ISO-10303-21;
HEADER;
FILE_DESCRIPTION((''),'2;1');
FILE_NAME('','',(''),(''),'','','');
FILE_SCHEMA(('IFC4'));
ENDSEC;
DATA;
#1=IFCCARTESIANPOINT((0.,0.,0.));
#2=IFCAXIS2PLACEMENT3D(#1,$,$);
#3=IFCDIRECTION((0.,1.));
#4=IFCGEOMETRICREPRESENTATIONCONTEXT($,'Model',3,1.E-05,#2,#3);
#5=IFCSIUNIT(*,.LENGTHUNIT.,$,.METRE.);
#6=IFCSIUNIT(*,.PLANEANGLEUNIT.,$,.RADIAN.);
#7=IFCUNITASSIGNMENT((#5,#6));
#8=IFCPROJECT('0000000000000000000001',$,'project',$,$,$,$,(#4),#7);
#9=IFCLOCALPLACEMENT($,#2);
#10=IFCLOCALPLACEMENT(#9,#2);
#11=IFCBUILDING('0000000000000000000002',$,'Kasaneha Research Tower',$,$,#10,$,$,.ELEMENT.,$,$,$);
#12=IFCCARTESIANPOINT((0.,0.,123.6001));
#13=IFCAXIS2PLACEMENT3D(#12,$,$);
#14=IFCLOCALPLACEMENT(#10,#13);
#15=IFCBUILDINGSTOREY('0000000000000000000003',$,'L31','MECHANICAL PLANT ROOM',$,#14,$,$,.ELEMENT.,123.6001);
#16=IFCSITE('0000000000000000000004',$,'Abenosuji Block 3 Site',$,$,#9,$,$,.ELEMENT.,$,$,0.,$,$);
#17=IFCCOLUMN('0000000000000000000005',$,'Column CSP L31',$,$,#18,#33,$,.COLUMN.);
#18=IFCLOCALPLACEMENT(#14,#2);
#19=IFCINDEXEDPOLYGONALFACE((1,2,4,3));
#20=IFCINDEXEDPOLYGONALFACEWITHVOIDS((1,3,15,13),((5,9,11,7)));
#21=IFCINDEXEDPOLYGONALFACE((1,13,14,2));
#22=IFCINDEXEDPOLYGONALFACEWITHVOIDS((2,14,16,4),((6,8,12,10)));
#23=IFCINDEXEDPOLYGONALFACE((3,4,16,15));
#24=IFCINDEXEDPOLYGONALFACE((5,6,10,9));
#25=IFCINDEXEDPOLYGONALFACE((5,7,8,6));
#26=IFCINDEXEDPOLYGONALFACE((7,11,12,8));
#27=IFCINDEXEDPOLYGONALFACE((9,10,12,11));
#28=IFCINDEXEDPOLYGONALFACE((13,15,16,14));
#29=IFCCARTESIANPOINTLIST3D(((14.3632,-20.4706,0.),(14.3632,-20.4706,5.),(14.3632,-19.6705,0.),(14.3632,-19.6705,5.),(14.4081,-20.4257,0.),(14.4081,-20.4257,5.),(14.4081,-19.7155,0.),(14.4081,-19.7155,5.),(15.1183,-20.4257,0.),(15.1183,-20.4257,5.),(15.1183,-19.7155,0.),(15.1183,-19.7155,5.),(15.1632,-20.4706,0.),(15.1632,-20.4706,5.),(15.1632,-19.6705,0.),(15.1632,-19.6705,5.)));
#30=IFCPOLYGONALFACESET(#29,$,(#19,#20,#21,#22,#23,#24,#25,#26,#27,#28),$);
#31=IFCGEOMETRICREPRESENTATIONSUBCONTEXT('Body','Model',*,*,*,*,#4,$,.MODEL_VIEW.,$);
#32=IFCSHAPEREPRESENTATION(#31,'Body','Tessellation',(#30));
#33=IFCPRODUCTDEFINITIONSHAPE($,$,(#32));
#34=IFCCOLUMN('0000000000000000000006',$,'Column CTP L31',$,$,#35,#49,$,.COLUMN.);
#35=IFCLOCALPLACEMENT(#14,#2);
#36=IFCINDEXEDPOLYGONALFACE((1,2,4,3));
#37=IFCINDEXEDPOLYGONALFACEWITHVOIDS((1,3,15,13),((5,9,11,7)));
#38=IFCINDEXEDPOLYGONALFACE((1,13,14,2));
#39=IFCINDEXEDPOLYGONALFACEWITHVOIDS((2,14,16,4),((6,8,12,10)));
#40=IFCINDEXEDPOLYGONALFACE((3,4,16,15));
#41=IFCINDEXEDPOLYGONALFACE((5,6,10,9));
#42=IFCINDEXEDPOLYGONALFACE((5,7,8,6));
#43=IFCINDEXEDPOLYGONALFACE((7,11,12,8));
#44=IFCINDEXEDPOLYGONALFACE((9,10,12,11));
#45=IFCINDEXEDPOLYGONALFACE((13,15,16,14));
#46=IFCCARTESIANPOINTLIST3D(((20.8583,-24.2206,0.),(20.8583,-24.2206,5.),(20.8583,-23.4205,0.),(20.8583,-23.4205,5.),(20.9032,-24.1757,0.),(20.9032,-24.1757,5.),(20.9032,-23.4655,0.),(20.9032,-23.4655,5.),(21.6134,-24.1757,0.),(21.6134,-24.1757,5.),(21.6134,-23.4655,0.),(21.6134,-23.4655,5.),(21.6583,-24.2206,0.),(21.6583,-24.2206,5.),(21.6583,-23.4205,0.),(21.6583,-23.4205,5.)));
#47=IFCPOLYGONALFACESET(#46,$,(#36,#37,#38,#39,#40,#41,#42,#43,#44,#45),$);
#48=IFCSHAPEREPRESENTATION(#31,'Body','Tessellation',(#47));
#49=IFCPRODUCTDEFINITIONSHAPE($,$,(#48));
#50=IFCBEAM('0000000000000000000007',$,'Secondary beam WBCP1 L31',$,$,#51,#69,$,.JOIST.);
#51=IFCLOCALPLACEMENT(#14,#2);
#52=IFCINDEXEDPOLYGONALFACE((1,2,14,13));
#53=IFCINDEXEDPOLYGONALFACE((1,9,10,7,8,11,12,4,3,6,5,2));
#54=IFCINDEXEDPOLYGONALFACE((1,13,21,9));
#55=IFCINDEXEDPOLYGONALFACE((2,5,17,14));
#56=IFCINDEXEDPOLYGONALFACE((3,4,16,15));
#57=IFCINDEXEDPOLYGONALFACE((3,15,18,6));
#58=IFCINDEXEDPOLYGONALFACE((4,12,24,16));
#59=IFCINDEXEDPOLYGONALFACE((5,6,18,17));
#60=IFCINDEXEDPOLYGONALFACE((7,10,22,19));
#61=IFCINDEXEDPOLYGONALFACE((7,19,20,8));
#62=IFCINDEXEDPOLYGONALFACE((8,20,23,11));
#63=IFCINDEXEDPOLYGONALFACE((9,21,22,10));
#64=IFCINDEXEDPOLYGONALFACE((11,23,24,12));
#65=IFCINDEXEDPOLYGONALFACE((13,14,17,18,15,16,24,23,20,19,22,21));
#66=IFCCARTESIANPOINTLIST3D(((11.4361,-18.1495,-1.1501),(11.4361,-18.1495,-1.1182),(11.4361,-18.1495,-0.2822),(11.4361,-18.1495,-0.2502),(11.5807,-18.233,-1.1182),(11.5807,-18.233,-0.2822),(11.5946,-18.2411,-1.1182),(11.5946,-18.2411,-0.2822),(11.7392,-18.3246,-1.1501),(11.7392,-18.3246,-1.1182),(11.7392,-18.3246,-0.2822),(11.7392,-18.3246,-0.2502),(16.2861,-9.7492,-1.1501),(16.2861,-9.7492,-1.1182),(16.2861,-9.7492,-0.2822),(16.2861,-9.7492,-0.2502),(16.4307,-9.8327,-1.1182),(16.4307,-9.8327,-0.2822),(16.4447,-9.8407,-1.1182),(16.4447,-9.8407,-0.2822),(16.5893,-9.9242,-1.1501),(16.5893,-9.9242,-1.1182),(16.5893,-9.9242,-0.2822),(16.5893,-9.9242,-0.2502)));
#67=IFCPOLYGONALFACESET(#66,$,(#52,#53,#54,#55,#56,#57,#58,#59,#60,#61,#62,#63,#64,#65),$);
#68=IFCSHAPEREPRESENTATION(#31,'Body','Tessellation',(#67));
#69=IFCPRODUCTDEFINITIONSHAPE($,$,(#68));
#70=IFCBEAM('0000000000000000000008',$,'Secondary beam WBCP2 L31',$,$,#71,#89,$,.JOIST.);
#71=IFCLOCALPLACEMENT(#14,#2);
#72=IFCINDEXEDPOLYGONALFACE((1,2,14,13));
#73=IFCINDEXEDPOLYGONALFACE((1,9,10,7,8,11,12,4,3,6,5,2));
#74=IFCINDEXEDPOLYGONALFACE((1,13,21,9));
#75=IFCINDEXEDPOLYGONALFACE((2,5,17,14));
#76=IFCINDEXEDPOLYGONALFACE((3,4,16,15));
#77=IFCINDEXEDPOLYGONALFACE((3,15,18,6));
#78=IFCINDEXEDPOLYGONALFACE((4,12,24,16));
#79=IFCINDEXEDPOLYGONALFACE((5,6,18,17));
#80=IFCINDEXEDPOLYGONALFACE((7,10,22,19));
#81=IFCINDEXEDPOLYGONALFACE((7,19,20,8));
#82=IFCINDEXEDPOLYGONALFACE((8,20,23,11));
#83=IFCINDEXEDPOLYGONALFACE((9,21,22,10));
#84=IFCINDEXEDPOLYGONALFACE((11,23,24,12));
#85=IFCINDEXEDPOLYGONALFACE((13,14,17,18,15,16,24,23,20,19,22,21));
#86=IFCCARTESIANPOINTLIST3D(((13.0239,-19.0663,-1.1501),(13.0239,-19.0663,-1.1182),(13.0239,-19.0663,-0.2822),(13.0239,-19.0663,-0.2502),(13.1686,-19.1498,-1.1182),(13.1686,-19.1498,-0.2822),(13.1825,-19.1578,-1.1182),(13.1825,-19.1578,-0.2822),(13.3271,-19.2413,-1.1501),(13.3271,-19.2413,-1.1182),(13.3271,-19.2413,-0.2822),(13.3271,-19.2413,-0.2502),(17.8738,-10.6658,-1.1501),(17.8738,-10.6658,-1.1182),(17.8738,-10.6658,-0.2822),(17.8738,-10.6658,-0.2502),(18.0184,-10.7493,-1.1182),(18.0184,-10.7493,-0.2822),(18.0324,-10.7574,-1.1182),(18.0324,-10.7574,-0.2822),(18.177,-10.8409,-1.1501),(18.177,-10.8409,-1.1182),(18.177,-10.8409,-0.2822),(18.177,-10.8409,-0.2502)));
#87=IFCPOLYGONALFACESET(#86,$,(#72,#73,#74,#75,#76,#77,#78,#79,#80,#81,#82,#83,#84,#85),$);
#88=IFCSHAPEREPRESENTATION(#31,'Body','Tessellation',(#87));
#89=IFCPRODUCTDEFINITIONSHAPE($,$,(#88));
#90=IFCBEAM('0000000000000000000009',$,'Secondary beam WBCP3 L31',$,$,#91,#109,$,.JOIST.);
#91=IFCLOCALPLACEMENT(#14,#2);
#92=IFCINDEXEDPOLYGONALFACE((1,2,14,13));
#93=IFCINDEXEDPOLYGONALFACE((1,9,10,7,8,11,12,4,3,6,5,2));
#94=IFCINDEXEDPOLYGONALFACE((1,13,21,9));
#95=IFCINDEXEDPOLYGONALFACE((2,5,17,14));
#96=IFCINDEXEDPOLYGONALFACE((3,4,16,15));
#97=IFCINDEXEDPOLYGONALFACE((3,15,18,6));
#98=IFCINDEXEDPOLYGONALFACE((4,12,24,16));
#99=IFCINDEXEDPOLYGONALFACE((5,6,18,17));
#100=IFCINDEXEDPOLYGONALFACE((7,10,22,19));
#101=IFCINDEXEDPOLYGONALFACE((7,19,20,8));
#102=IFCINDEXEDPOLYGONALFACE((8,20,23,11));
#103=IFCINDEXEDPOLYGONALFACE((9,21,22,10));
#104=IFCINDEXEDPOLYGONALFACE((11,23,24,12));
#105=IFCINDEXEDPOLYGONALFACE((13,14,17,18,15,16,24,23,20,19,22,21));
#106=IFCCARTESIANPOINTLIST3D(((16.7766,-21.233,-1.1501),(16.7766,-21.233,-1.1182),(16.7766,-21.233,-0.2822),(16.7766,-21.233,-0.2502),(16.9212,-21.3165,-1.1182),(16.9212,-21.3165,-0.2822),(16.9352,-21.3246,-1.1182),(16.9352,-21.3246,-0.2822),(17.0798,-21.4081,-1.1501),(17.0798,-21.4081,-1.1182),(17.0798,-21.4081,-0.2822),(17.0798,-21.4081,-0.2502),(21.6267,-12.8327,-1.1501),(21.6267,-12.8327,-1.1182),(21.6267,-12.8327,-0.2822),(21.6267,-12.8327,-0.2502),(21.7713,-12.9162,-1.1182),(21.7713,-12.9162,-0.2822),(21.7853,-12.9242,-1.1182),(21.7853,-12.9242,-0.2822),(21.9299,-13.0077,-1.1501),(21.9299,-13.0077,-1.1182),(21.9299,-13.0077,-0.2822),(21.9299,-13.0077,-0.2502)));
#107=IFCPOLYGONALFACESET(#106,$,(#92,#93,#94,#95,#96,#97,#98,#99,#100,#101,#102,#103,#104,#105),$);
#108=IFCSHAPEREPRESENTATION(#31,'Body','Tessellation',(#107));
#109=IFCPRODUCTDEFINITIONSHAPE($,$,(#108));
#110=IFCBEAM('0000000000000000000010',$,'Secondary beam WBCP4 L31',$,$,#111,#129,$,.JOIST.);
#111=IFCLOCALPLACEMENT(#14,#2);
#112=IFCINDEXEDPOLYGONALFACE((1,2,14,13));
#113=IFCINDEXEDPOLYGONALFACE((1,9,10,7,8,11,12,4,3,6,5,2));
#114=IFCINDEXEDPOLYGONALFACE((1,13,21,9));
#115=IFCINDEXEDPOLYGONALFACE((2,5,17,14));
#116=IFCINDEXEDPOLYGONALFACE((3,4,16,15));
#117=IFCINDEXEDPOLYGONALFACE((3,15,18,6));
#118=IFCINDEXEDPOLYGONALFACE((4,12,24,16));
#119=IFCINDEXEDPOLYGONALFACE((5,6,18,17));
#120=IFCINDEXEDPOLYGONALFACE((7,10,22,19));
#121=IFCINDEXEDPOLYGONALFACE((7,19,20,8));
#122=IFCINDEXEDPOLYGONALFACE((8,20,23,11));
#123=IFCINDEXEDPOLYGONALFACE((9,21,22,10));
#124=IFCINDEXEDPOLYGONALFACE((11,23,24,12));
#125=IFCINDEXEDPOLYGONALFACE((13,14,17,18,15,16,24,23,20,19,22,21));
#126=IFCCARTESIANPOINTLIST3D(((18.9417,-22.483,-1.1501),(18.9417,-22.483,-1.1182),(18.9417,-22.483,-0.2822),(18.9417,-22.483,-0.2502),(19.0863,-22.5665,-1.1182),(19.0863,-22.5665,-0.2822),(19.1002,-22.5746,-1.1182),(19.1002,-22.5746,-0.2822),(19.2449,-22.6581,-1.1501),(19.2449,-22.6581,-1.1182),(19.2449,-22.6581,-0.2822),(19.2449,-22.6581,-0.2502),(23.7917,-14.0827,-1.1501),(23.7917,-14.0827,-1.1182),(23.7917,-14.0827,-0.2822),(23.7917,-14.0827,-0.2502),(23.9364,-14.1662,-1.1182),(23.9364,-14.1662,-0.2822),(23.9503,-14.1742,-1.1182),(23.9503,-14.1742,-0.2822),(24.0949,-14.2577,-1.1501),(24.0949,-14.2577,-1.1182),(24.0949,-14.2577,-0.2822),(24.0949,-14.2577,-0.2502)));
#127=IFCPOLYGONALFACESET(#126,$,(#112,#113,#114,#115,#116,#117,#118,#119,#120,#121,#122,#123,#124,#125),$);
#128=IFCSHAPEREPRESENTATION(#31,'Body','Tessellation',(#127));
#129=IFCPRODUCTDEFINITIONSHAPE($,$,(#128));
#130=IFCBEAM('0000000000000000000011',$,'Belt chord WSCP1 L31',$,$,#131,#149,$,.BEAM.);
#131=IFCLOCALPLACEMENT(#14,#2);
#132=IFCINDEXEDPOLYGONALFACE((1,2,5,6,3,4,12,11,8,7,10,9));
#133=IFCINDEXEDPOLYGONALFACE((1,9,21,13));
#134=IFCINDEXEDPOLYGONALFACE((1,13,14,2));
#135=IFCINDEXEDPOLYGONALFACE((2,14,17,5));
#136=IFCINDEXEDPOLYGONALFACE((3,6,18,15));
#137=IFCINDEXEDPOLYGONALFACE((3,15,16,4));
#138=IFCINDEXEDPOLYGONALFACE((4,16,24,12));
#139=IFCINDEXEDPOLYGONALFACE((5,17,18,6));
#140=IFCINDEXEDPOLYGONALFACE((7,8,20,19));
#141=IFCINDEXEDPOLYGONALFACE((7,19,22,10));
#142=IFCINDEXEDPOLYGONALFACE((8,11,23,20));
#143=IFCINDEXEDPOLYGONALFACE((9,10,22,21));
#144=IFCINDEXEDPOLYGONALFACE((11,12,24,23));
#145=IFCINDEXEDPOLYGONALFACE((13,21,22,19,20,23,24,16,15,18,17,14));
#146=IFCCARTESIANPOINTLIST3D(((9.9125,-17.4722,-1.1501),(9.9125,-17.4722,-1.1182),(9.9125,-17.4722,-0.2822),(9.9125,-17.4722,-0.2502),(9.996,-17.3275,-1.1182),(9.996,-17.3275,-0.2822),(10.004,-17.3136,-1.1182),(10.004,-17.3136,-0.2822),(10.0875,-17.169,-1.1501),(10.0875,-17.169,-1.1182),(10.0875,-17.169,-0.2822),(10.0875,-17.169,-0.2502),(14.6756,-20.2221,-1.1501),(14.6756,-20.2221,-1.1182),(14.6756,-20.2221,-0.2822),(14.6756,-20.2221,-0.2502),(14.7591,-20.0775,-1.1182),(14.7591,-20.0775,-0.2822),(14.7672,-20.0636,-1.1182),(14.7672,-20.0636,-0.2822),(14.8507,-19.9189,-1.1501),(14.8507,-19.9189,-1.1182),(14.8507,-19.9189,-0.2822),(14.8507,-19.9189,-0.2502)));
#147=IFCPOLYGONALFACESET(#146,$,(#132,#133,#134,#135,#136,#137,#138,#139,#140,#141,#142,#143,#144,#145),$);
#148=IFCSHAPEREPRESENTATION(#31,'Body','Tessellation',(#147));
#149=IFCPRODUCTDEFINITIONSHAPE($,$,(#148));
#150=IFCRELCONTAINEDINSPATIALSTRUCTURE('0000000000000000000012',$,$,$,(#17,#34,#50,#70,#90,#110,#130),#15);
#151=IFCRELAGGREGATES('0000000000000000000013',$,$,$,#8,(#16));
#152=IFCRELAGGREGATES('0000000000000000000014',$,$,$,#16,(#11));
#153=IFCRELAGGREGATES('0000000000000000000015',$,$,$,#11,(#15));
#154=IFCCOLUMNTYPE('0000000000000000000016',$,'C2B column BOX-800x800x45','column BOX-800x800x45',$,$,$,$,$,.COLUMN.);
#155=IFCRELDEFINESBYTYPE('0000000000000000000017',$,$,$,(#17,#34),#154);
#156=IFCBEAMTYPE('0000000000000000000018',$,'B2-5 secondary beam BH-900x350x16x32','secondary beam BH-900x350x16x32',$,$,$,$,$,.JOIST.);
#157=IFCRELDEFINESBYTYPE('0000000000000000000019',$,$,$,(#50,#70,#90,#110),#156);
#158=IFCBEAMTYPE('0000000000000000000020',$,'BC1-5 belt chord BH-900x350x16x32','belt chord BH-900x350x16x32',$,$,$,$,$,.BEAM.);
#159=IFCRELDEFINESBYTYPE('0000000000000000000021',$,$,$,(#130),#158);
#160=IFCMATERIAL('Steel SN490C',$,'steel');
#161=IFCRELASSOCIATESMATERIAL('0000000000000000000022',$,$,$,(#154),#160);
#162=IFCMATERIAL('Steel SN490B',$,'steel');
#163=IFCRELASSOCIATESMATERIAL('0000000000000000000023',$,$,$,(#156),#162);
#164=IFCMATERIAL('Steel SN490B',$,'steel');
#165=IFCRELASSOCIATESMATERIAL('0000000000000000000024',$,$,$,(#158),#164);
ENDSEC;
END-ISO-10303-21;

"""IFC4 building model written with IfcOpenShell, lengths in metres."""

from ifc_helpers import new_model, si_unit, direction, frame, origin, origin_2d, place, context, subcontext, project, spatial, hollow_rectangle, i_section, extrude, material, material_profile, profile_set, type_object, element, save


model = new_model("IFC4")

# Units and contexts
model_context = context("Model", 3, precision=1e-05, world=origin(), true_north=direction((0.0, 1.0)))
body_context = subcontext(model_context, "Body", "Model", "MODEL_VIEW")
ifc_project = project(units=[si_unit("LENGTHUNIT", "METRE"), si_unit("PLANEANGLEUNIT", "RADIAN")], contexts=[model_context])

# Site, building, storey
site_placement = place(None, origin())
site = spatial("IfcSite", under=ifc_project, at=site_placement, Name="Abenosuji Block 3 Site", CompositionType="ELEMENT", RefElevation=0.0)
building_placement = place(site_placement, origin())
building = spatial("IfcBuilding", under=site, at=building_placement, Name="Kasaneha Research Tower", CompositionType="ELEMENT")
storey_placement = place(building_placement, frame((0.0, 0.0, 123.6001)))
storey = spatial("IfcBuildingStorey", under=building, at=storey_placement, Name="L31", Description="MECHANICAL PLANT ROOM", CompositionType="ELEMENT", Elevation=123.6001)

# Columns
ifc_material_1 = material(Name="Steel SN490C", Category="steel")
ifc_material_profile_1 = material_profile(ifc_material_1, hollow_rectangle(XDim=0.8, YDim=0.8, WallThickness=0.0449, at=origin_2d()), Name="BOX-800x800x45")
ifc_profile_set_1 = profile_set([ifc_material_profile_1], Name="Steel SN490C")
column_type = type_object("IfcColumnType", Name="C2B column BOX-800x800x45", Description="column BOX-800x800x45", PredefinedType="COLUMN", material=ifc_profile_set_1)
for number, where, z_axis, x_axis, name in (
    (1, (14.7632, -20.0706, 0.0), (0.0, 0.0, 1.0), (1.0, 0.0, 0.0), "Column CSP L31"),
    (2, (21.2583, -23.8206, 0.0), (0.0, 0.0, 1.0), (1.0, 0.0, 0.0), "Column CTP L31"),
):
    element("IfcColumn", number, at=place(storey_placement, frame(where, z_axis=z_axis, x_axis=x_axis)), inside=storey, type_object=column_type, Name=name, PredefinedType="COLUMN", context=body_context, shape_type="SweptSolid", body=[
        extrude(hollow_rectangle(XDim=0.8, YDim=0.8, WallThickness=0.0449, at=origin_2d()), origin(), (0.0, 0.0, 1.0), 5.0),
    ])

# Beams
ifc_material_2 = material(Name="Steel SN490B", Category="steel")
ifc_material_profile_2 = material_profile(ifc_material_2, i_section(OverallWidth=0.3501, OverallDepth=0.8999, WebThickness=0.0161, FlangeThickness=0.032, at=origin_2d()), Name="BH-900x350x16x32")
ifc_profile_set_2 = profile_set([ifc_material_profile_2], Name="Steel SN490B")
beam_type_1 = type_object("IfcBeamType", Name="B2-5 secondary beam BH-900x350x16x32", Description="secondary beam BH-900x350x16x32", PredefinedType="JOIST", material=ifc_profile_set_2)
for number, where, z_axis, x_axis, name in (
    (3, (11.5876, -18.2371, -0.7002), (0.50001, 0.86602, 0.0), (-0.86602, 0.50001, 0.0), "Secondary beam WBCP1 L31"),
    (4, (13.1755, -19.1538, -0.7002), (0.499991, 0.866031, 0.0), (-0.866031, 0.499991, 0.0), "Secondary beam WBCP2 L31"),
    (5, (16.9282, -21.3206, -0.7002), (0.50001, 0.86602, 0.0), (-0.86602, 0.50001, 0.0), "Secondary beam WBCP3 L31"),
    (6, (19.0933, -22.5706, -0.7002), (0.50001, 0.86602, 0.0), (-0.86602, 0.50001, 0.0), "Secondary beam WBCP4 L31"),
):
    element("IfcBeam", number, at=place(storey_placement, frame(where, z_axis=z_axis, x_axis=x_axis)), inside=storey, type_object=beam_type_1, Name=name, PredefinedType="JOIST", context=body_context, shape_type="SweptSolid", body=[
        extrude(i_section(OverallWidth=0.3501, OverallDepth=0.8999, WebThickness=0.0161, FlangeThickness=0.032, at=origin_2d()), origin(), (0.0, 0.0, 1.0), 9.7),
    ])
ifc_material_3 = material(Name="Steel SN490B", Category="steel")
ifc_material_profile_3 = material_profile(ifc_material_3, i_section(OverallWidth=0.3501, OverallDepth=0.8999, WebThickness=0.0161, FlangeThickness=0.032, at=origin_2d()), Name="BH-900x350x16x32")
ifc_profile_set_3 = profile_set([ifc_material_profile_3], Name="Steel SN490B")
beam_type_2 = type_object("IfcBeamType", Name="BC1-5 belt chord BH-900x350x16x32", Description="belt chord BH-900x350x16x32", PredefinedType="BEAM", material=ifc_profile_set_3)
beam_1_placement = place(storey_placement, frame((10.0, -17.3206, -0.7002), z_axis=(0.866027, -0.499997, 0.0), x_axis=(0.499997, 0.866027, 0.0)))
element("IfcBeam", 7, at=beam_1_placement, inside=storey, type_object=beam_type_2, Name="Belt chord WSCP1 L31", PredefinedType="BEAM", context=body_context, shape_type="SweptSolid", body=[
    extrude(i_section(OverallWidth=0.3501, OverallDepth=0.8999, WebThickness=0.0161, FlangeThickness=0.032, at=origin_2d()), origin(), (0.0, 0.0, 1.0), 5.5),
])

save(model, "model.ifc")
